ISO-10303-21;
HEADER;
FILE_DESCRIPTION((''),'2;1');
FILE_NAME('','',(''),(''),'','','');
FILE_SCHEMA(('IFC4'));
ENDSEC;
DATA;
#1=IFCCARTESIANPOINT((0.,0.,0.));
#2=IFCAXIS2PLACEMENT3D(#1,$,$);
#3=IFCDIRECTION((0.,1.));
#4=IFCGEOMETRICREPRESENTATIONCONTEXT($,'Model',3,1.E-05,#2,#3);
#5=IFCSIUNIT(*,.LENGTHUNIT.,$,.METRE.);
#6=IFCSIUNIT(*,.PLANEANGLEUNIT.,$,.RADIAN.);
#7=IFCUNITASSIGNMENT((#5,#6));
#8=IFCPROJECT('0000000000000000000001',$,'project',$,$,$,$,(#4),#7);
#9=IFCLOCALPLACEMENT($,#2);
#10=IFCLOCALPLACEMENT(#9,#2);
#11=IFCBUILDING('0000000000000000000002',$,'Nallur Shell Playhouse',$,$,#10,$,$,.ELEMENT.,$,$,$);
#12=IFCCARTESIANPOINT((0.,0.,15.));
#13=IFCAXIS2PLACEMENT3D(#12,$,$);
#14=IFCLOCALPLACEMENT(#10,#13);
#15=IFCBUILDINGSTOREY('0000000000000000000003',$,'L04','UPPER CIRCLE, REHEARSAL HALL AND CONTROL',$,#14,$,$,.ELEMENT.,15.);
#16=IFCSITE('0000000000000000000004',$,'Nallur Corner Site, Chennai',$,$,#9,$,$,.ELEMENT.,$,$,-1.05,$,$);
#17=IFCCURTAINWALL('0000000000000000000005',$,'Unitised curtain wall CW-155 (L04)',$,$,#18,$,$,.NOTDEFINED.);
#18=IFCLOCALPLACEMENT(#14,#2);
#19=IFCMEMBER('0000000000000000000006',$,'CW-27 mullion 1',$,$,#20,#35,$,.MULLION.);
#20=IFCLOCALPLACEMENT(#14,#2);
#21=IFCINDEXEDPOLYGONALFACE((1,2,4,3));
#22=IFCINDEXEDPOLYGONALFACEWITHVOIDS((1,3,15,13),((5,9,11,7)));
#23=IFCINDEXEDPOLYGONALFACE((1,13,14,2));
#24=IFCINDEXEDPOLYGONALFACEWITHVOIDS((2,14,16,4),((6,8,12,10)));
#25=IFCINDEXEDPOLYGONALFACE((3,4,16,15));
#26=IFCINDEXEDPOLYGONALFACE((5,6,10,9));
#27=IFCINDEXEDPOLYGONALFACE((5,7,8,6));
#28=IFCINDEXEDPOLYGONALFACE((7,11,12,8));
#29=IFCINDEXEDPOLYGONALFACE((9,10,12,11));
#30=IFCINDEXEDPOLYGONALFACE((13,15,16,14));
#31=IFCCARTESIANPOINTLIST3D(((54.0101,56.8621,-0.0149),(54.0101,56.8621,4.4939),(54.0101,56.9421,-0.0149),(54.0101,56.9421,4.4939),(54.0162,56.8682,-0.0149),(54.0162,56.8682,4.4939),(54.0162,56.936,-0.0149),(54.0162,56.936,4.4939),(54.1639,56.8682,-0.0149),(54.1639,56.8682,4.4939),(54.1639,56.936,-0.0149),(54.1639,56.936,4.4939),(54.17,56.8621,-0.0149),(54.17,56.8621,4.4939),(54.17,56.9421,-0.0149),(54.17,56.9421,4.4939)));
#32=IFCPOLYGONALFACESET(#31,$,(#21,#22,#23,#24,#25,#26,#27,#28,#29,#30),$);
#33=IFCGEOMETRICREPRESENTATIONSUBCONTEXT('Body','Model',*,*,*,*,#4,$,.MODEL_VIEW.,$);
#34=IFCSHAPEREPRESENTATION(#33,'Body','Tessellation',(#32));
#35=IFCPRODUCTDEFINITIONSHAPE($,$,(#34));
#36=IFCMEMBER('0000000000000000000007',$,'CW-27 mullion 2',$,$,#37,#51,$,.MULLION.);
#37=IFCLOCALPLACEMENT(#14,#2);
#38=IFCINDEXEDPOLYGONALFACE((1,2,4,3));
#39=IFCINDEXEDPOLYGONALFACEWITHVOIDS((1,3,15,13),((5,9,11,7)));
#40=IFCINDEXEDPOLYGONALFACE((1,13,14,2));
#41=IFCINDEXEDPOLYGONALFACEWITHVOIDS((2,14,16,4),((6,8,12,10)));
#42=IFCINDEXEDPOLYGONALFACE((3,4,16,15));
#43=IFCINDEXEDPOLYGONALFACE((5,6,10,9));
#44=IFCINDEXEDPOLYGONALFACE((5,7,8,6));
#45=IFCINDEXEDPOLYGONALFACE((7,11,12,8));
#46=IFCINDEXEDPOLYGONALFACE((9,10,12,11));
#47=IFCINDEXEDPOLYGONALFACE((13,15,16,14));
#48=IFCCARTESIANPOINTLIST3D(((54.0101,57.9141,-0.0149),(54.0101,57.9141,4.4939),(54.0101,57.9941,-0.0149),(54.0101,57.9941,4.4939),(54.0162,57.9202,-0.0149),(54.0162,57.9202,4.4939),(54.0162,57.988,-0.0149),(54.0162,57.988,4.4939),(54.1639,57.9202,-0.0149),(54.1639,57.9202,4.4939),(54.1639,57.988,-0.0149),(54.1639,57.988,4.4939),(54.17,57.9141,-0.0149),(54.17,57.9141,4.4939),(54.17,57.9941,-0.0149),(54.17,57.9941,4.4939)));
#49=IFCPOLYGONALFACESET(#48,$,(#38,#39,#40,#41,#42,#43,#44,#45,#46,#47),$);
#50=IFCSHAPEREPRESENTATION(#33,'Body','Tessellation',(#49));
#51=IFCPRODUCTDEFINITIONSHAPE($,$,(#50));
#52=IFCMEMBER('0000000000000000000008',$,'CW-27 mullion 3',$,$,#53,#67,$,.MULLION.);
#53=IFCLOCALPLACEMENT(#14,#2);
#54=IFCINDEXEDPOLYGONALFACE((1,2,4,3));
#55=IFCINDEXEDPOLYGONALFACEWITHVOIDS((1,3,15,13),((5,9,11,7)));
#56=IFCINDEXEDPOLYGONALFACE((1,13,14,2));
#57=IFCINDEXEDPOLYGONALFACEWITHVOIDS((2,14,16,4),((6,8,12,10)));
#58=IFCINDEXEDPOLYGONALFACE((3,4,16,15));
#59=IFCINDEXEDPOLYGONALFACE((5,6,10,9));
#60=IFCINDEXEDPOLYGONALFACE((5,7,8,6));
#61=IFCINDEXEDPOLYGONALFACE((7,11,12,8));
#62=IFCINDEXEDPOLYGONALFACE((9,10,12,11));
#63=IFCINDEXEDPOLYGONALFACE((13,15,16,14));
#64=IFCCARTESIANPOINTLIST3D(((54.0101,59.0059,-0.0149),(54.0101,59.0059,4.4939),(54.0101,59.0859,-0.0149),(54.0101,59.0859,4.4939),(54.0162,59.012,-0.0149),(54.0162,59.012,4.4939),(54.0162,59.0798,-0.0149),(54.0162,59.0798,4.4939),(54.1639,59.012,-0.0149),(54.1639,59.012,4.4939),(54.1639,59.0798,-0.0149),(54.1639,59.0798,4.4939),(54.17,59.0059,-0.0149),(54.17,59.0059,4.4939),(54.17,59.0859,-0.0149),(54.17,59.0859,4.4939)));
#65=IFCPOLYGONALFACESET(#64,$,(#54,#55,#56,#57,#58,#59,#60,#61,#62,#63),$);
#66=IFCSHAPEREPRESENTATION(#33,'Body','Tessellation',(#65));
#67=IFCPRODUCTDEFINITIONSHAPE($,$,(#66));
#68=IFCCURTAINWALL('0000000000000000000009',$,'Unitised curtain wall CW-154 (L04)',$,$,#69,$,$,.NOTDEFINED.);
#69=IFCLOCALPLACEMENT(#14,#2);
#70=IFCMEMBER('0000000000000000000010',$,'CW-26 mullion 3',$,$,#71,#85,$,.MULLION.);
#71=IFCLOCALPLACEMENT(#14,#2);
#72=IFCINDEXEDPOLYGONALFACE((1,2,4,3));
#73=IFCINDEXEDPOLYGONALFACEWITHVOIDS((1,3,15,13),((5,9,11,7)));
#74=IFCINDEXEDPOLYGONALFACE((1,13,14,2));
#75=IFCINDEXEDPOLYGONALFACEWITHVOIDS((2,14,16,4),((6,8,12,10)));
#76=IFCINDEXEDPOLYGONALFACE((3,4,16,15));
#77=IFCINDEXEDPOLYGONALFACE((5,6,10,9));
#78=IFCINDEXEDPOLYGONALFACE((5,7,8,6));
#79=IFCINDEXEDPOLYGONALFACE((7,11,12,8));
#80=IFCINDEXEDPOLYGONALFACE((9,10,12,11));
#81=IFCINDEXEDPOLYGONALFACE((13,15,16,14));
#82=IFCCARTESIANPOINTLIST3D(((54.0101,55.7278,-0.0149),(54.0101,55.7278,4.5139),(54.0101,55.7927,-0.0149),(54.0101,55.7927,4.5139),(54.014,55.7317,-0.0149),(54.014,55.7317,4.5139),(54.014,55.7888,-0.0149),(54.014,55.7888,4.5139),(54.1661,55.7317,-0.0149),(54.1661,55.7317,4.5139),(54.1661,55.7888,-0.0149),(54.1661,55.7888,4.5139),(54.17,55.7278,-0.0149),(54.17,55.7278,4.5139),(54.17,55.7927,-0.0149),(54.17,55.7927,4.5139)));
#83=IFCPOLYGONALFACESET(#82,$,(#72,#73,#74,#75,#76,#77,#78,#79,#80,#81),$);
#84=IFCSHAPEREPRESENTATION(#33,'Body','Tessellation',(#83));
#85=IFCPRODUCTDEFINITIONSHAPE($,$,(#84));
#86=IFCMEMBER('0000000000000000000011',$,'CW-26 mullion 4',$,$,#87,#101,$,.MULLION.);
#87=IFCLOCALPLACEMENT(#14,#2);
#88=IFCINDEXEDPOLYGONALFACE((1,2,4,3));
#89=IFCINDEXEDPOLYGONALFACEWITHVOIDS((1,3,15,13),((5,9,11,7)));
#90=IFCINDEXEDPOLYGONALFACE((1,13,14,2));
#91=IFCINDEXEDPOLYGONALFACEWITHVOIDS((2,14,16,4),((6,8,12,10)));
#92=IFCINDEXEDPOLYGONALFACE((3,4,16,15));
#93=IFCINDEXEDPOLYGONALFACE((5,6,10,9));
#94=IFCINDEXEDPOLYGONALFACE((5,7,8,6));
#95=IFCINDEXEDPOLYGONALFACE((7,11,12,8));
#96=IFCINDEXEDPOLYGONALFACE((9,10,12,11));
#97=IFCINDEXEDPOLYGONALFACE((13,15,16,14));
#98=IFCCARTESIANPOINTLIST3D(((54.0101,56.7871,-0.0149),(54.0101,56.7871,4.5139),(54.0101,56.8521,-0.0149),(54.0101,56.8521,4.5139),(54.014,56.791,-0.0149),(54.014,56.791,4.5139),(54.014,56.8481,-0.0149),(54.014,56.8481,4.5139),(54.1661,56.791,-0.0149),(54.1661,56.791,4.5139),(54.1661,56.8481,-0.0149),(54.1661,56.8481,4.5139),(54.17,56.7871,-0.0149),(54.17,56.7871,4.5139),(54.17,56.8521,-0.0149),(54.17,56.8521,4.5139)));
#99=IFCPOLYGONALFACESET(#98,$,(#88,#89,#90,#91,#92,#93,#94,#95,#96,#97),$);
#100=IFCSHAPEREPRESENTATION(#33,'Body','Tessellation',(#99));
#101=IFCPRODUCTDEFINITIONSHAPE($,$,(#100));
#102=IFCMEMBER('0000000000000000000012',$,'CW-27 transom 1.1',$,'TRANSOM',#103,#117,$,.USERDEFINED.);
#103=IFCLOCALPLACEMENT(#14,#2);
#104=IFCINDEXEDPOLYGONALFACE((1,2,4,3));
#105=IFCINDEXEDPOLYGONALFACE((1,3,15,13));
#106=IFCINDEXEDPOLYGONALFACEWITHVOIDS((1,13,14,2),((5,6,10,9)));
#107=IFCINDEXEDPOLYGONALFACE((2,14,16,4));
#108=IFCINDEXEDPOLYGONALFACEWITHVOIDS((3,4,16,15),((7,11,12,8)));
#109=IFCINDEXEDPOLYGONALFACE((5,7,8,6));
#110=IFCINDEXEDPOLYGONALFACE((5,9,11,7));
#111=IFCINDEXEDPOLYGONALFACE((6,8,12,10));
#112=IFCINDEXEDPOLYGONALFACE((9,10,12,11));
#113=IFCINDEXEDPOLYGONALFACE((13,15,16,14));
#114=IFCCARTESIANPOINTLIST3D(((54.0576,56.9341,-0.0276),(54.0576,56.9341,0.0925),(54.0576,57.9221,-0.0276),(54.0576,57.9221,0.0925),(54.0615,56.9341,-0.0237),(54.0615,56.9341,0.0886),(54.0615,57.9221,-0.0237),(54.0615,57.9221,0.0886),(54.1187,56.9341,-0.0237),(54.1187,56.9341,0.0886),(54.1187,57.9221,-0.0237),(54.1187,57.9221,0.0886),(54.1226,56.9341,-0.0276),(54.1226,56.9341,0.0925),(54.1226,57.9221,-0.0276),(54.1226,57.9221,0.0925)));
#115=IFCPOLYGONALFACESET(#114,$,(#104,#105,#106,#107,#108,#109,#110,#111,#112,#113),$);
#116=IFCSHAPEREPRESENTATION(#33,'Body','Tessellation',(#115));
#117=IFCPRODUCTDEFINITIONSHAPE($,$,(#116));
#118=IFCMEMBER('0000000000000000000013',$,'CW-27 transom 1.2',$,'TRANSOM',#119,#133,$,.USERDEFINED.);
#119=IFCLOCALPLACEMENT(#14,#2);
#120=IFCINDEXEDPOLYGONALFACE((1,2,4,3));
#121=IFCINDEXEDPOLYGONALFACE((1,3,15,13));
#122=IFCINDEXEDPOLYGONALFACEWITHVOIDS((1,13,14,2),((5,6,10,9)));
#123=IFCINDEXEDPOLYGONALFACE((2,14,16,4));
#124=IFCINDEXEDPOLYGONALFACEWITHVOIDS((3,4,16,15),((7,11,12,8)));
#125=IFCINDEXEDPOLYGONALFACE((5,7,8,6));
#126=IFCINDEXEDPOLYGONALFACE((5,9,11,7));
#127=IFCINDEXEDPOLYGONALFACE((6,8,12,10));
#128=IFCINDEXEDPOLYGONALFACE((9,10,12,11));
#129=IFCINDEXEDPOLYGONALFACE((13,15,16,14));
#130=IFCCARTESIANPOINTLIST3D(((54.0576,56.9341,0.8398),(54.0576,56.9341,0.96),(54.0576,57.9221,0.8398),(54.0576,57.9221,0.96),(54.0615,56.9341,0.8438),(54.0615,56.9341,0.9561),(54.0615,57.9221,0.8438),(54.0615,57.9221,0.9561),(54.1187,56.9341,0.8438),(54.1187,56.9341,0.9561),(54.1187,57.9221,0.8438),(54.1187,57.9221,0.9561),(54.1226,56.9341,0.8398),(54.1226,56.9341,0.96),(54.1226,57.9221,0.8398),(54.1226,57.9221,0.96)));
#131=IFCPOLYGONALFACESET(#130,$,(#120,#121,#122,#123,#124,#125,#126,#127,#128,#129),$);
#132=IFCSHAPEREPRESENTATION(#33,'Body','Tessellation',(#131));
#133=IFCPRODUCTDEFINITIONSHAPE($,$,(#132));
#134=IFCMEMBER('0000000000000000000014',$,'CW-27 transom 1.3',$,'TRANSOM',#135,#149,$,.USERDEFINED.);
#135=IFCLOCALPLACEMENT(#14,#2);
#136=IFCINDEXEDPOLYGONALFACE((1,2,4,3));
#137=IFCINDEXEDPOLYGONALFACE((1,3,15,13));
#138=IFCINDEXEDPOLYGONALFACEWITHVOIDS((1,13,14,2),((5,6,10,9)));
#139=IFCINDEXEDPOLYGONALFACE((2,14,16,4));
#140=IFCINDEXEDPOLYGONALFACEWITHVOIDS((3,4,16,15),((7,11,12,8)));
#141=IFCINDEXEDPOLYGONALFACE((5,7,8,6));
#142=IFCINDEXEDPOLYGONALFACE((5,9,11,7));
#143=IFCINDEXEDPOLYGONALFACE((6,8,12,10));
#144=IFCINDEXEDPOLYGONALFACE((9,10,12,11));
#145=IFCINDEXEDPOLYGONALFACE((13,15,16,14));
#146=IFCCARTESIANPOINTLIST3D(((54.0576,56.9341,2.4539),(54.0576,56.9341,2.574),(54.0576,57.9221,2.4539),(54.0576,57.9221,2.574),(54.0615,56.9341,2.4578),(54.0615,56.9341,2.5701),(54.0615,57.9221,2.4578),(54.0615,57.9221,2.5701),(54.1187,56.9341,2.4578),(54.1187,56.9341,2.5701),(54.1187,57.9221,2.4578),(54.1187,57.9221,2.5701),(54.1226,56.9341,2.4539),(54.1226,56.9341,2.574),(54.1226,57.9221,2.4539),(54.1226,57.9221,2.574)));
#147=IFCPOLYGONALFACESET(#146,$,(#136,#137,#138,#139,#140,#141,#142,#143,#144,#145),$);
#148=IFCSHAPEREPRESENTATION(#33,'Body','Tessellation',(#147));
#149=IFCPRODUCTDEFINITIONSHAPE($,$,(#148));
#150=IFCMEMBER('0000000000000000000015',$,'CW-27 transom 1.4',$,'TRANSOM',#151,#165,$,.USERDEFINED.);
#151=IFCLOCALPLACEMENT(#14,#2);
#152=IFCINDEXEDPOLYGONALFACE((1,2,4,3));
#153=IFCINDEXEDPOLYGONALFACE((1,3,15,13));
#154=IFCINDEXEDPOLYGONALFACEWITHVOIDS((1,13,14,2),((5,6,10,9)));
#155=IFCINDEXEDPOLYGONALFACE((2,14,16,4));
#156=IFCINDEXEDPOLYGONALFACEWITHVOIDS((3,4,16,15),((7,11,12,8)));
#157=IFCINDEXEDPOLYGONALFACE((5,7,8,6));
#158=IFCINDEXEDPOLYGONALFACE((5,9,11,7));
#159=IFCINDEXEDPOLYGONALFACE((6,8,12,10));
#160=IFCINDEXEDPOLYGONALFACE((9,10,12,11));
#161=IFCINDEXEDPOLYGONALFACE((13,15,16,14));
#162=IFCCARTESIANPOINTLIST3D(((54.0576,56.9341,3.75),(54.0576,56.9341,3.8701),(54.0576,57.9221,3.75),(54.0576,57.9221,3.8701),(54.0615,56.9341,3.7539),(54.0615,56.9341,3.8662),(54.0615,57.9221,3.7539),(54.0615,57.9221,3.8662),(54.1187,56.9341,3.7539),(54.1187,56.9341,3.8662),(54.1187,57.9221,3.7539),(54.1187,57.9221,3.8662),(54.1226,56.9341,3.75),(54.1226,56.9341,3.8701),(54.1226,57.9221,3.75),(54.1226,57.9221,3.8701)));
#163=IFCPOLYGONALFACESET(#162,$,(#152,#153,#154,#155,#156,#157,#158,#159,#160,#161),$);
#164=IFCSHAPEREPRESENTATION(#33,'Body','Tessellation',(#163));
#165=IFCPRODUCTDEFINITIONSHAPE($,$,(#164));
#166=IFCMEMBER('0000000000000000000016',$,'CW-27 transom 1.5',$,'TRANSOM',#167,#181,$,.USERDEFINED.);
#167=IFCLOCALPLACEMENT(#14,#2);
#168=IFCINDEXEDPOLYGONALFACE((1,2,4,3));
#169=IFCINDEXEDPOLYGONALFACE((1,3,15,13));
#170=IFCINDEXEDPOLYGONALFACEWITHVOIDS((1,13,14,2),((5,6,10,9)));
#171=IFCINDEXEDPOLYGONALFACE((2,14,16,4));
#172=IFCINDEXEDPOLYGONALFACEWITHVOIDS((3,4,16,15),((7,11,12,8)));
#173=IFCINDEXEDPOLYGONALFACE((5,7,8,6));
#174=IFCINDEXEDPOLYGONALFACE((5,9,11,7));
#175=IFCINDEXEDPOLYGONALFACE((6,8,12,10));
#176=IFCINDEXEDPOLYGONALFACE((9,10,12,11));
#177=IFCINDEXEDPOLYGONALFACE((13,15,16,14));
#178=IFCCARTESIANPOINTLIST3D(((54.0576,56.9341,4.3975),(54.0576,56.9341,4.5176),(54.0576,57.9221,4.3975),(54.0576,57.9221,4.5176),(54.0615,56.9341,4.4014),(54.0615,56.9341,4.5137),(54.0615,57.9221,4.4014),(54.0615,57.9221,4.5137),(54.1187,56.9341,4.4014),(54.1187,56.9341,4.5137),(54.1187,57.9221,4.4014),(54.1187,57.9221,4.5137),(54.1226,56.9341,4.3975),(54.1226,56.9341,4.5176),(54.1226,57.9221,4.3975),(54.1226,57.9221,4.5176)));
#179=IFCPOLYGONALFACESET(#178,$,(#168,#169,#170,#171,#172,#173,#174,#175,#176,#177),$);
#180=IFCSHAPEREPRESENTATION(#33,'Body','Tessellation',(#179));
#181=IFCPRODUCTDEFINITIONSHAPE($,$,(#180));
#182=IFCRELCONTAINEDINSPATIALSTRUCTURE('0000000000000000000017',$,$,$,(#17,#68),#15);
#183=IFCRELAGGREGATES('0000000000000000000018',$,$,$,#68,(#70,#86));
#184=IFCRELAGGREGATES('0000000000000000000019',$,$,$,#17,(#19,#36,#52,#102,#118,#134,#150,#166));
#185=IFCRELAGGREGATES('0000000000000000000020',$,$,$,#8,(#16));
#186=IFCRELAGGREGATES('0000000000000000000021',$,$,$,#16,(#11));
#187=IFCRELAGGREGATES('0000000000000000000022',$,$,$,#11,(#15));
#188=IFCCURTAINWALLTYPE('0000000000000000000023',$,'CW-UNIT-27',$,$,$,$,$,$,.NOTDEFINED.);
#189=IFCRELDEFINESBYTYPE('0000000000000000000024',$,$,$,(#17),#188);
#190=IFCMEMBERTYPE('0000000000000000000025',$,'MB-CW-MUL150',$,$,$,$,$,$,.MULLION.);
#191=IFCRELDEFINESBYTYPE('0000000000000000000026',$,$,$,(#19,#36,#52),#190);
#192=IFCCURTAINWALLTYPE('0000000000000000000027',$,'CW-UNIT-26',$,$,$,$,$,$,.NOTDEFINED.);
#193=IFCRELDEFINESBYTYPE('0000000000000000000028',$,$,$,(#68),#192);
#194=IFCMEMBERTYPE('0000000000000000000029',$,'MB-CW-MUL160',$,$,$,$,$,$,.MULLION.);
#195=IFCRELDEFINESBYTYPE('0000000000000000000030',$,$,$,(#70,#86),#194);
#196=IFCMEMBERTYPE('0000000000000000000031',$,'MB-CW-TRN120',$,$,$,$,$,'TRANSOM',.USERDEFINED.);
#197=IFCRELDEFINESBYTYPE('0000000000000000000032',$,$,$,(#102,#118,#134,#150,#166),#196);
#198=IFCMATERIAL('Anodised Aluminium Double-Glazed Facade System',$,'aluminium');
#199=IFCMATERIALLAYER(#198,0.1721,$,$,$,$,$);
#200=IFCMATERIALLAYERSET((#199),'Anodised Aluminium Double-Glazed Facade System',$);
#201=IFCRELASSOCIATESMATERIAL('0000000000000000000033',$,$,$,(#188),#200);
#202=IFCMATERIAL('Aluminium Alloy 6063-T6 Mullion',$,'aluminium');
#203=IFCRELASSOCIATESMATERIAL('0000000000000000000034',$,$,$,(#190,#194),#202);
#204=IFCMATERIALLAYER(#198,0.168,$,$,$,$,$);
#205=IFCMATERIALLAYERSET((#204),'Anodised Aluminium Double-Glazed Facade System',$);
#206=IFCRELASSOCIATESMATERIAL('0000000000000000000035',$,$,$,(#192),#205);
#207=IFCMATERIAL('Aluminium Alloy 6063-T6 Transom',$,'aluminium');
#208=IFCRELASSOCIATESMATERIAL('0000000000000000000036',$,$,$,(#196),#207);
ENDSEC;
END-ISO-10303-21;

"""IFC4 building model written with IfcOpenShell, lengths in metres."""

from ifc_helpers import new_model, si_unit, direction, frame, origin, origin_2d, place, context, subcontext, project, spatial, hollow_rectangle, extrude, material, layer, layer_set, material_profile, profile_set, type_object, element, aggregate, save


model = new_model("IFC4")

# Units and contexts
model_context = context("Model", 3, precision=1e-05, world=origin(), true_north=direction((0.0, 1.0)))
body_context = subcontext(model_context, "Body", "Model", "MODEL_VIEW")
ifc_project = project(units=[si_unit("LENGTHUNIT", "METRE"), si_unit("PLANEANGLEUNIT", "RADIAN")], contexts=[model_context])

# Site, building, storey
site_placement = place(None, origin())
site = spatial("IfcSite", under=ifc_project, at=site_placement, Name="Nallur Corner Site, Chennai", CompositionType="ELEMENT", RefElevation=-1.05)
building_placement = place(site_placement, origin())
building = spatial("IfcBuilding", under=site, at=building_placement, Name="Nallur Shell Playhouse", CompositionType="ELEMENT")
storey_placement = place(building_placement, frame((0.0, 0.0, 15.0)))
storey = spatial("IfcBuildingStorey", under=building, at=storey_placement, Name="L04", Description="UPPER CIRCLE, REHEARSAL HALL AND CONTROL", CompositionType="ELEMENT", Elevation=15.0)

# Curtain walls, members
ifc_material_1 = material(Name="Anodised Aluminium Double-Glazed Facade System", Category="aluminium")
ifc_layer_1 = layer(ifc_material_1, 0.1721)
ifc_layer_set_1 = layer_set([ifc_layer_1], Name="Anodised Aluminium Double-Glazed Facade System")
curtain_wall_type_1 = type_object("IfcCurtainWallType", Name="CW-UNIT-27", PredefinedType="NOTDEFINED", material=ifc_layer_set_1)
curtain_wall_1_placement = place(storey_placement, origin())
curtain_wall_1 = element("IfcCurtainWall", 1, at=curtain_wall_1_placement, inside=storey, type_object=curtain_wall_type_1, Name="Unitised curtain wall CW-155 (L04)", PredefinedType="NOTDEFINED")
ifc_material_2 = material(Name="Aluminium Alloy 6063-T6 Mullion", Category="aluminium")
ifc_material_profile_1 = material_profile(ifc_material_2, hollow_rectangle(XDim=0.0801, YDim=0.1599, WallThickness=0.0061, at=origin_2d()), Name="RHS 160x80x6")
ifc_profile_set_1 = profile_set([ifc_material_profile_1], Name="Aluminium Alloy 6063-T6 Mullion")
member_type_1 = type_object("IfcMemberType", Name="MB-CW-MUL150", PredefinedType="MULLION", material=ifc_profile_set_1)
member_1_placement = place(storey_placement, frame((54.0901, 56.9021, -0.0149), z_axis=(0.0, 0.0, 1.0), x_axis=(0.0, 1.0, 0.0)))
member_1 = element("IfcMember", 2, at=member_1_placement, type_object=member_type_1, Name="CW-27 mullion 1", PredefinedType="MULLION", context=body_context, shape_type="SweptSolid", body=[
    extrude(hollow_rectangle(XDim=0.0801, YDim=0.1599, WallThickness=0.0061, at=origin_2d()), origin(), (0.0, 0.0, 1.0), 4.5088),
])
member_2_placement = place(storey_placement, frame((54.0901, 57.9541, -0.0149), z_axis=(0.0, 0.0, 1.0), x_axis=(0.0, 1.0, 0.0)))
member_2 = element("IfcMember", 3, at=member_2_placement, type_object=member_type_1, Name="CW-27 mullion 2", PredefinedType="MULLION", context=body_context, shape_type="SweptSolid", body=[
    extrude(hollow_rectangle(XDim=0.0801, YDim=0.1599, WallThickness=0.0061, at=origin_2d()), origin(), (0.0, 0.0, 1.0), 4.5088),
])
member_3_placement = place(storey_placement, frame((54.0901, 59.0459, -0.0149), z_axis=(0.0, 0.0, 1.0), x_axis=(0.0, 1.0, 0.0)))
member_3 = element("IfcMember", 4, at=member_3_placement, type_object=member_type_1, Name="CW-27 mullion 3", PredefinedType="MULLION", context=body_context, shape_type="SweptSolid", body=[
    extrude(hollow_rectangle(XDim=0.0801, YDim=0.1599, WallThickness=0.0061, at=origin_2d()), origin(), (0.0, 0.0, 1.0), 4.5088),
])
ifc_layer_2 = layer(ifc_material_1, 0.168)
ifc_layer_set_2 = layer_set([ifc_layer_2], Name="Anodised Aluminium Double-Glazed Facade System")
curtain_wall_type_2 = type_object("IfcCurtainWallType", Name="CW-UNIT-26", PredefinedType="NOTDEFINED", material=ifc_layer_set_2)
curtain_wall_2_placement = place(storey_placement, origin())
curtain_wall_2 = element("IfcCurtainWall", 5, at=curtain_wall_2_placement, inside=storey, type_object=curtain_wall_type_2, Name="Unitised curtain wall CW-154 (L04)", PredefinedType="NOTDEFINED")
ifc_material_profile_2 = material_profile(ifc_material_2, hollow_rectangle(XDim=0.0649, YDim=0.1599, WallThickness=0.0039, at=origin_2d()), Name="ALU 65x160x4")
ifc_profile_set_2 = profile_set([ifc_material_profile_2], Name="Aluminium Alloy 6063-T6 Mullion")
member_type_2 = type_object("IfcMemberType", Name="MB-CW-MUL160", PredefinedType="MULLION", material=ifc_profile_set_2)
member_4_placement = place(storey_placement, frame((54.0901, 55.7603, -0.0149), z_axis=(0.0, 0.0, 1.0), x_axis=(0.0, 1.0, 0.0)))
member_4 = element("IfcMember", 6, at=member_4_placement, type_object=member_type_2, Name="CW-26 mullion 3", PredefinedType="MULLION", context=body_context, shape_type="SweptSolid", body=[
    extrude(hollow_rectangle(XDim=0.0649, YDim=0.1599, WallThickness=0.0039, at=origin_2d()), origin(), (0.0, 0.0, 1.0), 4.5288),
])
member_5_placement = place(storey_placement, frame((54.0901, 56.8196, -0.0149), z_axis=(0.0, 0.0, 1.0), x_axis=(0.0, 1.0, 0.0)))
member_5 = element("IfcMember", 7, at=member_5_placement, type_object=member_type_2, Name="CW-26 mullion 4", PredefinedType="MULLION", context=body_context, shape_type="SweptSolid", body=[
    extrude(hollow_rectangle(XDim=0.0649, YDim=0.1599, WallThickness=0.0039, at=origin_2d()), origin(), (0.0, 0.0, 1.0), 4.5288),
])

# Members
ifc_material_3 = material(Name="Aluminium Alloy 6063-T6 Transom", Category="aluminium")
ifc_material_profile_3 = material_profile(ifc_material_3, hollow_rectangle(XDim=0.0649, YDim=0.1201, WallThickness=0.0039, at=origin_2d()), Name="ALU 65x120x4")
ifc_profile_set_3 = profile_set([ifc_material_profile_3], Name="Aluminium Alloy 6063-T6 Transom")
member_type_3 = type_object("IfcMemberType", Name="MB-CW-TRN120", ElementType="TRANSOM", PredefinedType="USERDEFINED", material=ifc_profile_set_3)
member_6_placement = place(storey_placement, frame((54.0901, 56.9341, 0.0325), z_axis=(0.0, 1.0, 0.0), x_axis=(-1.0, 0.0, 0.0)))
member_6 = element("IfcMember", 8, at=member_6_placement, type_object=member_type_3, Name="CW-27 transom 1.1", ObjectType="TRANSOM", PredefinedType="USERDEFINED", context=body_context, shape_type="SweptSolid", body=[
    extrude(hollow_rectangle(XDim=0.0649, YDim=0.1201, WallThickness=0.0039, at=origin_2d()), origin(), (0.0, 0.0, 1.0), 0.988),
])
member_7_placement = place(storey_placement, frame((54.0901, 56.9341, 0.8999), z_axis=(0.0, 1.0, 0.0), x_axis=(-1.0, 0.0, 0.0)))
member_7 = element("IfcMember", 9, at=member_7_placement, type_object=member_type_3, Name="CW-27 transom 1.2", ObjectType="TRANSOM", PredefinedType="USERDEFINED", context=body_context, shape_type="SweptSolid", body=[
    extrude(hollow_rectangle(XDim=0.0649, YDim=0.1201, WallThickness=0.0039, at=origin_2d()), origin(), (0.0, 0.0, 1.0), 0.988),
])
member_8_placement = place(storey_placement, frame((54.0901, 56.9341, 2.5139), z_axis=(0.0, 1.0, 0.0), x_axis=(-1.0, 0.0, 0.0)))
member_8 = element("IfcMember", 10, at=member_8_placement, type_object=member_type_3, Name="CW-27 transom 1.3", ObjectType="TRANSOM", PredefinedType="USERDEFINED", context=body_context, shape_type="SweptSolid", body=[
    extrude(hollow_rectangle(XDim=0.0649, YDim=0.1201, WallThickness=0.0039, at=origin_2d()), origin(), (0.0, 0.0, 1.0), 0.988),
])
member_9_placement = place(storey_placement, frame((54.0901, 56.9341, 3.8101), z_axis=(0.0, 1.0, 0.0), x_axis=(-1.0, 0.0, 0.0)))
member_9 = element("IfcMember", 11, at=member_9_placement, type_object=member_type_3, Name="CW-27 transom 1.4", ObjectType="TRANSOM", PredefinedType="USERDEFINED", context=body_context, shape_type="SweptSolid", body=[
    extrude(hollow_rectangle(XDim=0.0649, YDim=0.1201, WallThickness=0.0039, at=origin_2d()), origin(), (0.0, 0.0, 1.0), 0.988),
])
member_10_placement = place(storey_placement, frame((54.0901, 56.9341, 4.4575), z_axis=(0.0, 1.0, 0.0), x_axis=(-1.0, 0.0, 0.0)))
member_10 = element("IfcMember", 12, at=member_10_placement, type_object=member_type_3, Name="CW-27 transom 1.5", ObjectType="TRANSOM", PredefinedType="USERDEFINED", context=body_context, shape_type="SweptSolid", body=[
    extrude(hollow_rectangle(XDim=0.0649, YDim=0.1201, WallThickness=0.0039, at=origin_2d()), origin(), (0.0, 0.0, 1.0), 0.988),
])

aggregate(curtain_wall_2, [member_4, member_5])
aggregate(curtain_wall_1, [member_1, member_2, member_3, member_6, member_7, member_8, member_9, member_10])

save(model, "model.ifc")
